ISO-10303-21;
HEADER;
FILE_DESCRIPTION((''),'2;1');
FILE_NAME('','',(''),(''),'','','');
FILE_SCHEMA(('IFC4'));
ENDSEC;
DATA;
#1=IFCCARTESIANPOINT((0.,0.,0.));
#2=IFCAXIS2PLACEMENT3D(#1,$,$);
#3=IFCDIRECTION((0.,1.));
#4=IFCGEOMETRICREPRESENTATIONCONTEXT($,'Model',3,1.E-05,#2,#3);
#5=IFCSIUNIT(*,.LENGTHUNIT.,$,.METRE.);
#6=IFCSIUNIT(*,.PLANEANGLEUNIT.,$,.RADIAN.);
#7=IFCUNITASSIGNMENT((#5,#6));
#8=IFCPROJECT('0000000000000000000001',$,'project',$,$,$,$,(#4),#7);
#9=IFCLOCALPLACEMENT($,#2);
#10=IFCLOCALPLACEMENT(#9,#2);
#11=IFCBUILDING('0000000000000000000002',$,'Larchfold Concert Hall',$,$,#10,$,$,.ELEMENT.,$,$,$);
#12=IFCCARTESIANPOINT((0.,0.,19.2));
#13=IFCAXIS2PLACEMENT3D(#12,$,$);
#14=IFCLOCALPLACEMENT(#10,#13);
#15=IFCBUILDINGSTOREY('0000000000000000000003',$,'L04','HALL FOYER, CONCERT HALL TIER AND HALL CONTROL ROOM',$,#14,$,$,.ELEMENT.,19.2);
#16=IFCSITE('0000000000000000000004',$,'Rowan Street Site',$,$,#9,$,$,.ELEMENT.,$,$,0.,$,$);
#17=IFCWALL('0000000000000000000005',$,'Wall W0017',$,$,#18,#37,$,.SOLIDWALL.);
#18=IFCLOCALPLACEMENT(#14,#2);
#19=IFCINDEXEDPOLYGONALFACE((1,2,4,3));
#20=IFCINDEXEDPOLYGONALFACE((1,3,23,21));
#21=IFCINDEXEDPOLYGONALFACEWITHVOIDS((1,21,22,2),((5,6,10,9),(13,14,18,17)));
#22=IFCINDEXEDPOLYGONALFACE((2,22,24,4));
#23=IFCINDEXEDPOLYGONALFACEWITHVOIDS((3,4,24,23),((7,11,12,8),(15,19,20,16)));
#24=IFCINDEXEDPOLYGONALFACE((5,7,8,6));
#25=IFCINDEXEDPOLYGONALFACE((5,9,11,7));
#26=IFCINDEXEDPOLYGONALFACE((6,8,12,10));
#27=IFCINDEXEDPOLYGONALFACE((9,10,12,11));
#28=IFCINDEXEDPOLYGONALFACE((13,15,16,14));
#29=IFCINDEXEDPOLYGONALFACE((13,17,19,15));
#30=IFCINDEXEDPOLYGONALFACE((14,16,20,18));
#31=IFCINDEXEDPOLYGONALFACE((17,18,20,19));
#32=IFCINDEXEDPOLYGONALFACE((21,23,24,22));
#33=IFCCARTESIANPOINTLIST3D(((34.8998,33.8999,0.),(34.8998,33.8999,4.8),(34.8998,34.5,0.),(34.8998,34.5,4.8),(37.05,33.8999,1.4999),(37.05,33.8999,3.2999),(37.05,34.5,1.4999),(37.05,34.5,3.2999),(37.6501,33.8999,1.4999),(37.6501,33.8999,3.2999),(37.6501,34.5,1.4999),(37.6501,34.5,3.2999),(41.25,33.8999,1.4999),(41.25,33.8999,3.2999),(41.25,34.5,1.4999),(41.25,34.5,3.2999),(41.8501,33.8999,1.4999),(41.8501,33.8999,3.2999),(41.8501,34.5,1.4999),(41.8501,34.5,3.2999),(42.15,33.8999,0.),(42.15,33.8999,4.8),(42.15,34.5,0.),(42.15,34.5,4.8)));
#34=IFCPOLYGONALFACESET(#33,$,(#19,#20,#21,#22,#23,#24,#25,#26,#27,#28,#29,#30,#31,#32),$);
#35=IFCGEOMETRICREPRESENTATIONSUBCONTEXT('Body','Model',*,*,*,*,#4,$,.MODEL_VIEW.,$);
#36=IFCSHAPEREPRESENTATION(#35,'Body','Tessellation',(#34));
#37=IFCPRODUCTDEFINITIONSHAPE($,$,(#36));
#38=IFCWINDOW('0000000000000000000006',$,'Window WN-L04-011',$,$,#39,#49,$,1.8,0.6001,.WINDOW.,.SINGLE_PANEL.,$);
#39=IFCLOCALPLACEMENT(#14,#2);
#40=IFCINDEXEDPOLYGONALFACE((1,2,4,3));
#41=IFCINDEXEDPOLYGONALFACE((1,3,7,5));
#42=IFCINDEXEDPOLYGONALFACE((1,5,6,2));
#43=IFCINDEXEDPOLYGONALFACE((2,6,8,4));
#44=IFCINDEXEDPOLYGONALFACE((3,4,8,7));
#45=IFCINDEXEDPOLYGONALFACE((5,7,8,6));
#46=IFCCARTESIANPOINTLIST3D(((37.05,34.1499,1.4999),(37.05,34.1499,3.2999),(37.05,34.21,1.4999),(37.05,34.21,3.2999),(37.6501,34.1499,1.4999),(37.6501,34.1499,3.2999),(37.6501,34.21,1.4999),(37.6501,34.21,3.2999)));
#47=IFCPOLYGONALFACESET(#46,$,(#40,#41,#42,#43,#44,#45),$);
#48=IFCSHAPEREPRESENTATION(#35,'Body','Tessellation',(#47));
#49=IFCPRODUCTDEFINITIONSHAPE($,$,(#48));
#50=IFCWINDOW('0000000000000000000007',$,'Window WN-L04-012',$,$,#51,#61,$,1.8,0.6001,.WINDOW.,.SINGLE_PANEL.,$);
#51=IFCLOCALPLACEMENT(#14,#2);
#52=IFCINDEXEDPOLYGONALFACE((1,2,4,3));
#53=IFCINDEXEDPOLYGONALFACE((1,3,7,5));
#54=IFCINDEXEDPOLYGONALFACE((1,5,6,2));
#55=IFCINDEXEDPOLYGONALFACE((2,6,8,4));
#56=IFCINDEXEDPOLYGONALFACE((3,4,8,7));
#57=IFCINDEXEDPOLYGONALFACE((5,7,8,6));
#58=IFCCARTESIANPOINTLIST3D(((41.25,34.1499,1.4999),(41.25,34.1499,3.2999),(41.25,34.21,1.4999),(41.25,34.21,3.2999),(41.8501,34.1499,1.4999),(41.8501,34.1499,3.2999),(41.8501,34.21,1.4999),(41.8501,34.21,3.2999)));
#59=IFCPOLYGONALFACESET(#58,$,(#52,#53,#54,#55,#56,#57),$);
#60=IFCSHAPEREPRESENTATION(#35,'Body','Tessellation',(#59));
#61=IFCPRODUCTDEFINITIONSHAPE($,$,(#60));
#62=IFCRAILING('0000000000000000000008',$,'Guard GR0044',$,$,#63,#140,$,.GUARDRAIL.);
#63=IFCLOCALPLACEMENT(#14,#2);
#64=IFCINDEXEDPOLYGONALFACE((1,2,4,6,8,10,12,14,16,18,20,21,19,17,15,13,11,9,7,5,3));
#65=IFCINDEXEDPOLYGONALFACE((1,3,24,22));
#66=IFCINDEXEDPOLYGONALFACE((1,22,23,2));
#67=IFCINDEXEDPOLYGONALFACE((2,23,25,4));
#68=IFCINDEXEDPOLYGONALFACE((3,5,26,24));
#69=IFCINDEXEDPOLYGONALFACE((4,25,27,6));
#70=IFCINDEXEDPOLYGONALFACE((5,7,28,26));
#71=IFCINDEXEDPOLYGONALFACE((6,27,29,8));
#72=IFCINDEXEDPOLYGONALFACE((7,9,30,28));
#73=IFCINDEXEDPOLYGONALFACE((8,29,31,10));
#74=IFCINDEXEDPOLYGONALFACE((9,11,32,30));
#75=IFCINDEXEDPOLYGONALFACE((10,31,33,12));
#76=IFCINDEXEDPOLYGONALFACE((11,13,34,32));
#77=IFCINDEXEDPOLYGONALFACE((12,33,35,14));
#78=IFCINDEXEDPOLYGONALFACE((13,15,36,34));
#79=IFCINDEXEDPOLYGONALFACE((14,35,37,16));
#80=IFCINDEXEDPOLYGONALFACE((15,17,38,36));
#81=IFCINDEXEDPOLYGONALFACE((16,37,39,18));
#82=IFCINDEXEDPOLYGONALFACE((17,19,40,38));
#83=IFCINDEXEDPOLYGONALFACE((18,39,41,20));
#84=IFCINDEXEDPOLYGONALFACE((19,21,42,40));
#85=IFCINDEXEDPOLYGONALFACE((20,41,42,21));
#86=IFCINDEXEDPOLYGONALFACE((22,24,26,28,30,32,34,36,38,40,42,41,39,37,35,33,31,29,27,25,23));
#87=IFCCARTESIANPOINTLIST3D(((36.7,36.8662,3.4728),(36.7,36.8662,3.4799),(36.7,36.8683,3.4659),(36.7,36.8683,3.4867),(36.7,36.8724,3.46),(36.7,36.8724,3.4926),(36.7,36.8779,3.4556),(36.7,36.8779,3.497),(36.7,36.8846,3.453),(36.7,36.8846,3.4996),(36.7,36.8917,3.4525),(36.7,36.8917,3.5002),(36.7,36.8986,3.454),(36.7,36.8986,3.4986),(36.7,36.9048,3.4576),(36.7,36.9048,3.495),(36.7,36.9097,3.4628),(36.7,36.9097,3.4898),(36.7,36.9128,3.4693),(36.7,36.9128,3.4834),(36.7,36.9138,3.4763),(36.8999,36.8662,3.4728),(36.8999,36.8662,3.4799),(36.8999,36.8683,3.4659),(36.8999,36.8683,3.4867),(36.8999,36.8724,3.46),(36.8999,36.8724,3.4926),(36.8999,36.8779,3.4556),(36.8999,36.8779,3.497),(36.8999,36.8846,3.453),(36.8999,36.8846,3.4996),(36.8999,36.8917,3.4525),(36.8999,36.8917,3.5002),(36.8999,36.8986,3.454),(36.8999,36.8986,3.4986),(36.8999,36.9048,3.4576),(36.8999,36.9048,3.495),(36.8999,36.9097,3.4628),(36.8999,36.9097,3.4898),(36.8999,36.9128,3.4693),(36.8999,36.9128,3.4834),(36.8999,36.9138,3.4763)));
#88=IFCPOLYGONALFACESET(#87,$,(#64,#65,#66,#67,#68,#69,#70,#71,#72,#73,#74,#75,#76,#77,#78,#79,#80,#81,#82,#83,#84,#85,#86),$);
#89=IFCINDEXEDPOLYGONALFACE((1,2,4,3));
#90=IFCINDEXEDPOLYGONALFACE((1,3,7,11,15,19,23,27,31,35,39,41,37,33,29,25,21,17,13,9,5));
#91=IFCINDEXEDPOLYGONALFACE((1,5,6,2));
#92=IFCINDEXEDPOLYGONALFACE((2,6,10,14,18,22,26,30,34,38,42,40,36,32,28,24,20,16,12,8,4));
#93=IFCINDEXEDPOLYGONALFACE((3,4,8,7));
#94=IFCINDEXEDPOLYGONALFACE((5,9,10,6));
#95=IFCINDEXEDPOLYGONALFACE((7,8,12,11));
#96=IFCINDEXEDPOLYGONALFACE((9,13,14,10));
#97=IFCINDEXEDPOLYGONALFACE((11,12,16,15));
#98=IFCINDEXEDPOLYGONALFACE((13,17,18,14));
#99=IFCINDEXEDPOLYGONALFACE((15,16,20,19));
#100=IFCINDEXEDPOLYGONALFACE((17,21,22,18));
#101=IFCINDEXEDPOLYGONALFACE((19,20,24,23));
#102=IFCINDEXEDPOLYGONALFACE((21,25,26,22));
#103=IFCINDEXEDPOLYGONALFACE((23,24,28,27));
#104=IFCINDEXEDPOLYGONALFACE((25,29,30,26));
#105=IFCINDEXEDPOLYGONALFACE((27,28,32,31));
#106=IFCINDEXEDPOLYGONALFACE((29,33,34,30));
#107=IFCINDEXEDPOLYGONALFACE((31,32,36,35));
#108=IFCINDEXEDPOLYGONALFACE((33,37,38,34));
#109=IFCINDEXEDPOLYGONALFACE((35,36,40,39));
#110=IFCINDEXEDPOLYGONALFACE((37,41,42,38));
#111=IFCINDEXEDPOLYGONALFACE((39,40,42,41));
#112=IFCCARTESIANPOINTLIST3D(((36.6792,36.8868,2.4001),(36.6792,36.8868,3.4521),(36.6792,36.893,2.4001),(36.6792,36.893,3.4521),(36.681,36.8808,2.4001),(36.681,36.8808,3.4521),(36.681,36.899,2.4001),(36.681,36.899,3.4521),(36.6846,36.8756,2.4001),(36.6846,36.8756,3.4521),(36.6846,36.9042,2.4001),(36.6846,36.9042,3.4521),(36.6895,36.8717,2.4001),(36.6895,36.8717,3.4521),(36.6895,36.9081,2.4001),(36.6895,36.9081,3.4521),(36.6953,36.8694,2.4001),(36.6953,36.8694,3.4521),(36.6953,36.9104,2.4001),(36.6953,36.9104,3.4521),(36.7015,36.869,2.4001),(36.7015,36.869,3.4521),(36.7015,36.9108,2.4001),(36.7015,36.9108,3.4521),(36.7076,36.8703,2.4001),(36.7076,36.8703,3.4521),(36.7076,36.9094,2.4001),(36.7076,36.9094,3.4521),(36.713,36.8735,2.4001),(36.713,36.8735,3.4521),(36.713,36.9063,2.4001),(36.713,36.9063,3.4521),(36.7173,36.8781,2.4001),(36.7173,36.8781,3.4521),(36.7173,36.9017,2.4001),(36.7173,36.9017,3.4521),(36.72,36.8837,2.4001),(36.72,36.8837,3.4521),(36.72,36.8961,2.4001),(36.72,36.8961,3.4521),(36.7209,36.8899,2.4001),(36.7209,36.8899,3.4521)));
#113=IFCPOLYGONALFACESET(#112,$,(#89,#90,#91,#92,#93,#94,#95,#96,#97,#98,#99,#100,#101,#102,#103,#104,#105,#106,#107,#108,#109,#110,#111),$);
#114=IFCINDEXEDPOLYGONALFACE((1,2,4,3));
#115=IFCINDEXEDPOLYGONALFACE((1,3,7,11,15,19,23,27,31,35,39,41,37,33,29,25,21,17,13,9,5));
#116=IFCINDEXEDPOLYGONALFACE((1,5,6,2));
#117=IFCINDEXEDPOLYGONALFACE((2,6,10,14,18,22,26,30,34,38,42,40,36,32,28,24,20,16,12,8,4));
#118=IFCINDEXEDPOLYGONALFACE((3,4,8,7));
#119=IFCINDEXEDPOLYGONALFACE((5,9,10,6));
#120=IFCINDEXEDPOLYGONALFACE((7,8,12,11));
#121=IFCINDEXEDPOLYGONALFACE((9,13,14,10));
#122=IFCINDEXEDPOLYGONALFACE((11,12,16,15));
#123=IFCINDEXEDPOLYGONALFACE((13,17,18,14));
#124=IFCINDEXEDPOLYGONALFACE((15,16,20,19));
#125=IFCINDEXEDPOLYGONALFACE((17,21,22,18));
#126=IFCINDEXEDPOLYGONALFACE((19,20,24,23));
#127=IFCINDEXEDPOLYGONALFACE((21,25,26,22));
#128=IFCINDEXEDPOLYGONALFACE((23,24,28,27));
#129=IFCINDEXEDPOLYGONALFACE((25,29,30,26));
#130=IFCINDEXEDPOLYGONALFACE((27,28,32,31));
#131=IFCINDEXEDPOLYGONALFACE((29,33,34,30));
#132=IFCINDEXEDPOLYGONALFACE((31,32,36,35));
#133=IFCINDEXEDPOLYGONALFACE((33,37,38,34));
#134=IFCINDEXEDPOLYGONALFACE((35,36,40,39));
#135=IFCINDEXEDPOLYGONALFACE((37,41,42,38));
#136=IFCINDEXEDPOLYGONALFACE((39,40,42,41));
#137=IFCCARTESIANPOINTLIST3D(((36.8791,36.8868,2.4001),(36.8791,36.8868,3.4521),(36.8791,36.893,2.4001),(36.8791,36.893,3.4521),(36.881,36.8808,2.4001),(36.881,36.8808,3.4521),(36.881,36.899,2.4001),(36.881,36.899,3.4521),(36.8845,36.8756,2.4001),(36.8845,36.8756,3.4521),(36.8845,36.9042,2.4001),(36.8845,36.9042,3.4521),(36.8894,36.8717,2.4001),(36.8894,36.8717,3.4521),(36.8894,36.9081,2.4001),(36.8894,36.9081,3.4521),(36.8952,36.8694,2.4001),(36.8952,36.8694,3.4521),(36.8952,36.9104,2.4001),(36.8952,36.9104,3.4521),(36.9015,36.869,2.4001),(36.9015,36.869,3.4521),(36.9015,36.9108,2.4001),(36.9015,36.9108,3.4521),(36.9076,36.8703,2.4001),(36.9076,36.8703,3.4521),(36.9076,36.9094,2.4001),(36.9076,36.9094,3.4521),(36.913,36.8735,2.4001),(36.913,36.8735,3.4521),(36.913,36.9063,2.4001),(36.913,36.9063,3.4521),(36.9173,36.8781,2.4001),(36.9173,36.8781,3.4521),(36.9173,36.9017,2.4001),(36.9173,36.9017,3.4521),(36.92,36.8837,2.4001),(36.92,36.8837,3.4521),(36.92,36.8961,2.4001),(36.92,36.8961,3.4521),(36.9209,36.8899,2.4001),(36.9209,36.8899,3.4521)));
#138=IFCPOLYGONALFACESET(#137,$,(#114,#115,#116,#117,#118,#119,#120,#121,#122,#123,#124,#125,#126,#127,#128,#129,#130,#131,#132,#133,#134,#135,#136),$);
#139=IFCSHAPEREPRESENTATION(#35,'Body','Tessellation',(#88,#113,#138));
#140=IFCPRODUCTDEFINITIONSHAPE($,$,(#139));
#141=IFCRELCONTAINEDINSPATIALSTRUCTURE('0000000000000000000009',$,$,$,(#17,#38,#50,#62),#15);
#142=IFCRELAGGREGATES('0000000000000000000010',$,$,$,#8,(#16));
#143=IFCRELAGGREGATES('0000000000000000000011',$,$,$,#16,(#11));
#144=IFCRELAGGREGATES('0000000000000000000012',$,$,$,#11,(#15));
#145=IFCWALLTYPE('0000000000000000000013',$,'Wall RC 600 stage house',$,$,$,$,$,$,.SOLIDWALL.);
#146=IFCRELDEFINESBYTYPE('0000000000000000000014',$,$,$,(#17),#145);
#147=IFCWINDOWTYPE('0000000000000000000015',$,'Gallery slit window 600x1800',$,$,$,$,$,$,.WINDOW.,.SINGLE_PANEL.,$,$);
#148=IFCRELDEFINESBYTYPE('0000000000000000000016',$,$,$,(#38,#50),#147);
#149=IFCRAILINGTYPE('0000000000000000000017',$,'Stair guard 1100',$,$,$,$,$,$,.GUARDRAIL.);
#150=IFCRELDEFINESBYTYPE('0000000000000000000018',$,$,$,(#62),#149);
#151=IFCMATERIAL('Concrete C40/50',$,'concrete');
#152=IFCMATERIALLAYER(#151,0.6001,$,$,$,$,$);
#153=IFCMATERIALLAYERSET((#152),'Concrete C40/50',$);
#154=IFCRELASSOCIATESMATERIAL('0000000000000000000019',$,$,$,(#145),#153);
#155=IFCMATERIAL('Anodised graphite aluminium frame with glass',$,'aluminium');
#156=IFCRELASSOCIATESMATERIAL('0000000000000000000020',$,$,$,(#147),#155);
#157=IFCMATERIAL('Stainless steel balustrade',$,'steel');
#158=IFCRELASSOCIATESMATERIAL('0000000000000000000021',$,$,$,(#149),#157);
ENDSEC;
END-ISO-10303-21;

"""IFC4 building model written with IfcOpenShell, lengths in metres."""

from ifc_helpers import new_model, si_unit, direction, frame, frame_2d, origin, origin_2d, place, context, subcontext, project, spatial, rectangle, circle, extrude, material, layer, layer_set, type_object, element, fill, save


model = new_model("IFC4")

# Units and contexts
model_context = context("Model", 3, precision=1e-05, world=origin(), true_north=direction((0.0, 1.0)))
body_context = subcontext(model_context, "Body", "Model", "MODEL_VIEW")
ifc_project = project(units=[si_unit("LENGTHUNIT", "METRE"), si_unit("PLANEANGLEUNIT", "RADIAN")], contexts=[model_context])

# Site, building, storey
site_placement = place(None, origin())
site = spatial("IfcSite", under=ifc_project, at=site_placement, Name="Rowan Street Site", CompositionType="ELEMENT", RefElevation=0.0)
building_placement = place(site_placement, origin())
building = spatial("IfcBuilding", under=site, at=building_placement, Name="Larchfold Concert Hall", CompositionType="ELEMENT")
storey_placement = place(building_placement, frame((0.0, 0.0, 19.2)))
storey = spatial("IfcBuildingStorey", under=building, at=storey_placement, Name="L04", Description="HALL FOYER, CONCERT HALL TIER AND HALL CONTROL ROOM", CompositionType="ELEMENT", Elevation=19.2)

# Wall, openings, windows
ifc_material_1 = material(Name="Concrete C40/50", Category="concrete")
ifc_layer_1 = layer(ifc_material_1, 0.6001)
ifc_layer_set_1 = layer_set([ifc_layer_1], Name="Concrete C40/50")
wall_type_1 = type_object("IfcWallType", Name="Wall RC 600 stage house", PredefinedType="SOLIDWALL", material=ifc_layer_set_1)
wall_1_placement = place(storey_placement, frame((34.8999, 34.2, 0.0), z_axis=(0.0, 0.0, 1.0), x_axis=(1.0, 0.0, 0.0)))
wall_1 = element("IfcWall", 1, at=wall_1_placement, inside=storey, type_object=wall_type_1, Name="Wall W0017", PredefinedType="SOLIDWALL", context=body_context, shape_type="SweptSolid", body=[
    extrude(rectangle(XDim=7.2502, YDim=0.6001, at=frame_2d((3.625, 0.0))), origin(), (0.0, 0.0, 1.0), 4.8),
])
opening_1_placement = place(wall_1_placement, frame((2.1501, 0.0, 1.5)))
opening_1 = element("IfcOpeningElement", 2, at=opening_1_placement, cuts=wall_1, PredefinedType="OPENING", context=body_context, shape_type="SweptSolid", body=[
    extrude(rectangle(XDim=0.6001, YDim=1.8, at=frame_2d((0.3, 0.8999))), frame((0.0, 0.3101, 0.0), z_axis=(0.0, -1.0, 0.0), x_axis=(1.0, 0.0, 0.0)), (0.0, 0.0, 1.0), 0.6201),
])
opening_2_placement = place(wall_1_placement, frame((6.3501, 0.0, 1.5)))
opening_2 = element("IfcOpeningElement", 3, at=opening_2_placement, cuts=wall_1, PredefinedType="OPENING", context=body_context, shape_type="SweptSolid", body=[
    extrude(rectangle(XDim=0.6001, YDim=1.8, at=frame_2d((0.3, 0.8999))), frame((0.0, 0.3101, 0.0), z_axis=(0.0, -1.0, 0.0), x_axis=(1.0, 0.0, 0.0)), (0.0, 0.0, 1.0), 0.6201),
])
ifc_material_2 = material(Name="Anodised graphite aluminium frame with glass", Category="aluminium")
window_type = type_object("IfcWindowType", Name="Gallery slit window 600x1800", PartitioningType="SINGLE_PANEL", PredefinedType="WINDOW", material=ifc_material_2)
window_1_placement = place(opening_1_placement, origin())
window_1 = element("IfcWindow", 4, at=window_1_placement, inside=storey, type_object=window_type, Name="Window WN-L04-011", OverallHeight=1.8, OverallWidth=0.6001, PartitioningType="SINGLE_PANEL", PredefinedType="WINDOW", context=body_context, shape_type="SweptSolid", body=[
    extrude(rectangle(XDim=0.6001, YDim=1.8, at=frame_2d((0.3, 0.8999))), frame((0.0, 0.01, 0.0), z_axis=(0.0, -1.0, 0.0), x_axis=(1.0, 0.0, 0.0)), (0.0, 0.0, 1.0), 0.0601),
])
fill(opening_1, window_1)
window_2_placement = place(opening_2_placement, origin())
window_2 = element("IfcWindow", 5, at=window_2_placement, inside=storey, type_object=window_type, Name="Window WN-L04-012", OverallHeight=1.8, OverallWidth=0.6001, PartitioningType="SINGLE_PANEL", PredefinedType="WINDOW", context=body_context, shape_type="SweptSolid", body=[
    extrude(rectangle(XDim=0.6001, YDim=1.8, at=frame_2d((0.3, 0.8999))), frame((0.0, 0.01, 0.0), z_axis=(0.0, -1.0, 0.0), x_axis=(1.0, 0.0, 0.0)), (0.0, 0.0, 1.0), 0.0601),
])
fill(opening_2, window_2)

# Railing
ifc_material_3 = material(Name="Stainless steel balustrade", Category="steel")
railing_type = type_object("IfcRailingType", Name="Stair guard 1100", PredefinedType="GUARDRAIL", material=ifc_material_3)
railing_1_placement = place(storey_placement, frame((36.7, 36.8899, 2.4001)))
element("IfcRailing", 6, at=railing_1_placement, inside=storey, type_object=railing_type, Name="Guard GR0044", PredefinedType="GUARDRAIL", context=body_context, shape_type="SweptSolid", body=[
    extrude(circle(Radius=0.0239, at=origin_2d()), frame((0.0, 0.0, 1.0762), z_axis=(1.0, 0.0, 0.0), x_axis=(0.0, 1.0, 0.0)), (0.0, 0.0, 1.0), 0.2),
    extrude(circle(Radius=0.021, at=origin_2d()), origin(), (0.0, 0.0, 1.0), 1.052),
    extrude(circle(Radius=0.021, at=origin_2d()), frame((0.2, 0.0, 0.0)), (0.0, 0.0, 1.0), 1.052),
])

save(model, "model.ifc")
